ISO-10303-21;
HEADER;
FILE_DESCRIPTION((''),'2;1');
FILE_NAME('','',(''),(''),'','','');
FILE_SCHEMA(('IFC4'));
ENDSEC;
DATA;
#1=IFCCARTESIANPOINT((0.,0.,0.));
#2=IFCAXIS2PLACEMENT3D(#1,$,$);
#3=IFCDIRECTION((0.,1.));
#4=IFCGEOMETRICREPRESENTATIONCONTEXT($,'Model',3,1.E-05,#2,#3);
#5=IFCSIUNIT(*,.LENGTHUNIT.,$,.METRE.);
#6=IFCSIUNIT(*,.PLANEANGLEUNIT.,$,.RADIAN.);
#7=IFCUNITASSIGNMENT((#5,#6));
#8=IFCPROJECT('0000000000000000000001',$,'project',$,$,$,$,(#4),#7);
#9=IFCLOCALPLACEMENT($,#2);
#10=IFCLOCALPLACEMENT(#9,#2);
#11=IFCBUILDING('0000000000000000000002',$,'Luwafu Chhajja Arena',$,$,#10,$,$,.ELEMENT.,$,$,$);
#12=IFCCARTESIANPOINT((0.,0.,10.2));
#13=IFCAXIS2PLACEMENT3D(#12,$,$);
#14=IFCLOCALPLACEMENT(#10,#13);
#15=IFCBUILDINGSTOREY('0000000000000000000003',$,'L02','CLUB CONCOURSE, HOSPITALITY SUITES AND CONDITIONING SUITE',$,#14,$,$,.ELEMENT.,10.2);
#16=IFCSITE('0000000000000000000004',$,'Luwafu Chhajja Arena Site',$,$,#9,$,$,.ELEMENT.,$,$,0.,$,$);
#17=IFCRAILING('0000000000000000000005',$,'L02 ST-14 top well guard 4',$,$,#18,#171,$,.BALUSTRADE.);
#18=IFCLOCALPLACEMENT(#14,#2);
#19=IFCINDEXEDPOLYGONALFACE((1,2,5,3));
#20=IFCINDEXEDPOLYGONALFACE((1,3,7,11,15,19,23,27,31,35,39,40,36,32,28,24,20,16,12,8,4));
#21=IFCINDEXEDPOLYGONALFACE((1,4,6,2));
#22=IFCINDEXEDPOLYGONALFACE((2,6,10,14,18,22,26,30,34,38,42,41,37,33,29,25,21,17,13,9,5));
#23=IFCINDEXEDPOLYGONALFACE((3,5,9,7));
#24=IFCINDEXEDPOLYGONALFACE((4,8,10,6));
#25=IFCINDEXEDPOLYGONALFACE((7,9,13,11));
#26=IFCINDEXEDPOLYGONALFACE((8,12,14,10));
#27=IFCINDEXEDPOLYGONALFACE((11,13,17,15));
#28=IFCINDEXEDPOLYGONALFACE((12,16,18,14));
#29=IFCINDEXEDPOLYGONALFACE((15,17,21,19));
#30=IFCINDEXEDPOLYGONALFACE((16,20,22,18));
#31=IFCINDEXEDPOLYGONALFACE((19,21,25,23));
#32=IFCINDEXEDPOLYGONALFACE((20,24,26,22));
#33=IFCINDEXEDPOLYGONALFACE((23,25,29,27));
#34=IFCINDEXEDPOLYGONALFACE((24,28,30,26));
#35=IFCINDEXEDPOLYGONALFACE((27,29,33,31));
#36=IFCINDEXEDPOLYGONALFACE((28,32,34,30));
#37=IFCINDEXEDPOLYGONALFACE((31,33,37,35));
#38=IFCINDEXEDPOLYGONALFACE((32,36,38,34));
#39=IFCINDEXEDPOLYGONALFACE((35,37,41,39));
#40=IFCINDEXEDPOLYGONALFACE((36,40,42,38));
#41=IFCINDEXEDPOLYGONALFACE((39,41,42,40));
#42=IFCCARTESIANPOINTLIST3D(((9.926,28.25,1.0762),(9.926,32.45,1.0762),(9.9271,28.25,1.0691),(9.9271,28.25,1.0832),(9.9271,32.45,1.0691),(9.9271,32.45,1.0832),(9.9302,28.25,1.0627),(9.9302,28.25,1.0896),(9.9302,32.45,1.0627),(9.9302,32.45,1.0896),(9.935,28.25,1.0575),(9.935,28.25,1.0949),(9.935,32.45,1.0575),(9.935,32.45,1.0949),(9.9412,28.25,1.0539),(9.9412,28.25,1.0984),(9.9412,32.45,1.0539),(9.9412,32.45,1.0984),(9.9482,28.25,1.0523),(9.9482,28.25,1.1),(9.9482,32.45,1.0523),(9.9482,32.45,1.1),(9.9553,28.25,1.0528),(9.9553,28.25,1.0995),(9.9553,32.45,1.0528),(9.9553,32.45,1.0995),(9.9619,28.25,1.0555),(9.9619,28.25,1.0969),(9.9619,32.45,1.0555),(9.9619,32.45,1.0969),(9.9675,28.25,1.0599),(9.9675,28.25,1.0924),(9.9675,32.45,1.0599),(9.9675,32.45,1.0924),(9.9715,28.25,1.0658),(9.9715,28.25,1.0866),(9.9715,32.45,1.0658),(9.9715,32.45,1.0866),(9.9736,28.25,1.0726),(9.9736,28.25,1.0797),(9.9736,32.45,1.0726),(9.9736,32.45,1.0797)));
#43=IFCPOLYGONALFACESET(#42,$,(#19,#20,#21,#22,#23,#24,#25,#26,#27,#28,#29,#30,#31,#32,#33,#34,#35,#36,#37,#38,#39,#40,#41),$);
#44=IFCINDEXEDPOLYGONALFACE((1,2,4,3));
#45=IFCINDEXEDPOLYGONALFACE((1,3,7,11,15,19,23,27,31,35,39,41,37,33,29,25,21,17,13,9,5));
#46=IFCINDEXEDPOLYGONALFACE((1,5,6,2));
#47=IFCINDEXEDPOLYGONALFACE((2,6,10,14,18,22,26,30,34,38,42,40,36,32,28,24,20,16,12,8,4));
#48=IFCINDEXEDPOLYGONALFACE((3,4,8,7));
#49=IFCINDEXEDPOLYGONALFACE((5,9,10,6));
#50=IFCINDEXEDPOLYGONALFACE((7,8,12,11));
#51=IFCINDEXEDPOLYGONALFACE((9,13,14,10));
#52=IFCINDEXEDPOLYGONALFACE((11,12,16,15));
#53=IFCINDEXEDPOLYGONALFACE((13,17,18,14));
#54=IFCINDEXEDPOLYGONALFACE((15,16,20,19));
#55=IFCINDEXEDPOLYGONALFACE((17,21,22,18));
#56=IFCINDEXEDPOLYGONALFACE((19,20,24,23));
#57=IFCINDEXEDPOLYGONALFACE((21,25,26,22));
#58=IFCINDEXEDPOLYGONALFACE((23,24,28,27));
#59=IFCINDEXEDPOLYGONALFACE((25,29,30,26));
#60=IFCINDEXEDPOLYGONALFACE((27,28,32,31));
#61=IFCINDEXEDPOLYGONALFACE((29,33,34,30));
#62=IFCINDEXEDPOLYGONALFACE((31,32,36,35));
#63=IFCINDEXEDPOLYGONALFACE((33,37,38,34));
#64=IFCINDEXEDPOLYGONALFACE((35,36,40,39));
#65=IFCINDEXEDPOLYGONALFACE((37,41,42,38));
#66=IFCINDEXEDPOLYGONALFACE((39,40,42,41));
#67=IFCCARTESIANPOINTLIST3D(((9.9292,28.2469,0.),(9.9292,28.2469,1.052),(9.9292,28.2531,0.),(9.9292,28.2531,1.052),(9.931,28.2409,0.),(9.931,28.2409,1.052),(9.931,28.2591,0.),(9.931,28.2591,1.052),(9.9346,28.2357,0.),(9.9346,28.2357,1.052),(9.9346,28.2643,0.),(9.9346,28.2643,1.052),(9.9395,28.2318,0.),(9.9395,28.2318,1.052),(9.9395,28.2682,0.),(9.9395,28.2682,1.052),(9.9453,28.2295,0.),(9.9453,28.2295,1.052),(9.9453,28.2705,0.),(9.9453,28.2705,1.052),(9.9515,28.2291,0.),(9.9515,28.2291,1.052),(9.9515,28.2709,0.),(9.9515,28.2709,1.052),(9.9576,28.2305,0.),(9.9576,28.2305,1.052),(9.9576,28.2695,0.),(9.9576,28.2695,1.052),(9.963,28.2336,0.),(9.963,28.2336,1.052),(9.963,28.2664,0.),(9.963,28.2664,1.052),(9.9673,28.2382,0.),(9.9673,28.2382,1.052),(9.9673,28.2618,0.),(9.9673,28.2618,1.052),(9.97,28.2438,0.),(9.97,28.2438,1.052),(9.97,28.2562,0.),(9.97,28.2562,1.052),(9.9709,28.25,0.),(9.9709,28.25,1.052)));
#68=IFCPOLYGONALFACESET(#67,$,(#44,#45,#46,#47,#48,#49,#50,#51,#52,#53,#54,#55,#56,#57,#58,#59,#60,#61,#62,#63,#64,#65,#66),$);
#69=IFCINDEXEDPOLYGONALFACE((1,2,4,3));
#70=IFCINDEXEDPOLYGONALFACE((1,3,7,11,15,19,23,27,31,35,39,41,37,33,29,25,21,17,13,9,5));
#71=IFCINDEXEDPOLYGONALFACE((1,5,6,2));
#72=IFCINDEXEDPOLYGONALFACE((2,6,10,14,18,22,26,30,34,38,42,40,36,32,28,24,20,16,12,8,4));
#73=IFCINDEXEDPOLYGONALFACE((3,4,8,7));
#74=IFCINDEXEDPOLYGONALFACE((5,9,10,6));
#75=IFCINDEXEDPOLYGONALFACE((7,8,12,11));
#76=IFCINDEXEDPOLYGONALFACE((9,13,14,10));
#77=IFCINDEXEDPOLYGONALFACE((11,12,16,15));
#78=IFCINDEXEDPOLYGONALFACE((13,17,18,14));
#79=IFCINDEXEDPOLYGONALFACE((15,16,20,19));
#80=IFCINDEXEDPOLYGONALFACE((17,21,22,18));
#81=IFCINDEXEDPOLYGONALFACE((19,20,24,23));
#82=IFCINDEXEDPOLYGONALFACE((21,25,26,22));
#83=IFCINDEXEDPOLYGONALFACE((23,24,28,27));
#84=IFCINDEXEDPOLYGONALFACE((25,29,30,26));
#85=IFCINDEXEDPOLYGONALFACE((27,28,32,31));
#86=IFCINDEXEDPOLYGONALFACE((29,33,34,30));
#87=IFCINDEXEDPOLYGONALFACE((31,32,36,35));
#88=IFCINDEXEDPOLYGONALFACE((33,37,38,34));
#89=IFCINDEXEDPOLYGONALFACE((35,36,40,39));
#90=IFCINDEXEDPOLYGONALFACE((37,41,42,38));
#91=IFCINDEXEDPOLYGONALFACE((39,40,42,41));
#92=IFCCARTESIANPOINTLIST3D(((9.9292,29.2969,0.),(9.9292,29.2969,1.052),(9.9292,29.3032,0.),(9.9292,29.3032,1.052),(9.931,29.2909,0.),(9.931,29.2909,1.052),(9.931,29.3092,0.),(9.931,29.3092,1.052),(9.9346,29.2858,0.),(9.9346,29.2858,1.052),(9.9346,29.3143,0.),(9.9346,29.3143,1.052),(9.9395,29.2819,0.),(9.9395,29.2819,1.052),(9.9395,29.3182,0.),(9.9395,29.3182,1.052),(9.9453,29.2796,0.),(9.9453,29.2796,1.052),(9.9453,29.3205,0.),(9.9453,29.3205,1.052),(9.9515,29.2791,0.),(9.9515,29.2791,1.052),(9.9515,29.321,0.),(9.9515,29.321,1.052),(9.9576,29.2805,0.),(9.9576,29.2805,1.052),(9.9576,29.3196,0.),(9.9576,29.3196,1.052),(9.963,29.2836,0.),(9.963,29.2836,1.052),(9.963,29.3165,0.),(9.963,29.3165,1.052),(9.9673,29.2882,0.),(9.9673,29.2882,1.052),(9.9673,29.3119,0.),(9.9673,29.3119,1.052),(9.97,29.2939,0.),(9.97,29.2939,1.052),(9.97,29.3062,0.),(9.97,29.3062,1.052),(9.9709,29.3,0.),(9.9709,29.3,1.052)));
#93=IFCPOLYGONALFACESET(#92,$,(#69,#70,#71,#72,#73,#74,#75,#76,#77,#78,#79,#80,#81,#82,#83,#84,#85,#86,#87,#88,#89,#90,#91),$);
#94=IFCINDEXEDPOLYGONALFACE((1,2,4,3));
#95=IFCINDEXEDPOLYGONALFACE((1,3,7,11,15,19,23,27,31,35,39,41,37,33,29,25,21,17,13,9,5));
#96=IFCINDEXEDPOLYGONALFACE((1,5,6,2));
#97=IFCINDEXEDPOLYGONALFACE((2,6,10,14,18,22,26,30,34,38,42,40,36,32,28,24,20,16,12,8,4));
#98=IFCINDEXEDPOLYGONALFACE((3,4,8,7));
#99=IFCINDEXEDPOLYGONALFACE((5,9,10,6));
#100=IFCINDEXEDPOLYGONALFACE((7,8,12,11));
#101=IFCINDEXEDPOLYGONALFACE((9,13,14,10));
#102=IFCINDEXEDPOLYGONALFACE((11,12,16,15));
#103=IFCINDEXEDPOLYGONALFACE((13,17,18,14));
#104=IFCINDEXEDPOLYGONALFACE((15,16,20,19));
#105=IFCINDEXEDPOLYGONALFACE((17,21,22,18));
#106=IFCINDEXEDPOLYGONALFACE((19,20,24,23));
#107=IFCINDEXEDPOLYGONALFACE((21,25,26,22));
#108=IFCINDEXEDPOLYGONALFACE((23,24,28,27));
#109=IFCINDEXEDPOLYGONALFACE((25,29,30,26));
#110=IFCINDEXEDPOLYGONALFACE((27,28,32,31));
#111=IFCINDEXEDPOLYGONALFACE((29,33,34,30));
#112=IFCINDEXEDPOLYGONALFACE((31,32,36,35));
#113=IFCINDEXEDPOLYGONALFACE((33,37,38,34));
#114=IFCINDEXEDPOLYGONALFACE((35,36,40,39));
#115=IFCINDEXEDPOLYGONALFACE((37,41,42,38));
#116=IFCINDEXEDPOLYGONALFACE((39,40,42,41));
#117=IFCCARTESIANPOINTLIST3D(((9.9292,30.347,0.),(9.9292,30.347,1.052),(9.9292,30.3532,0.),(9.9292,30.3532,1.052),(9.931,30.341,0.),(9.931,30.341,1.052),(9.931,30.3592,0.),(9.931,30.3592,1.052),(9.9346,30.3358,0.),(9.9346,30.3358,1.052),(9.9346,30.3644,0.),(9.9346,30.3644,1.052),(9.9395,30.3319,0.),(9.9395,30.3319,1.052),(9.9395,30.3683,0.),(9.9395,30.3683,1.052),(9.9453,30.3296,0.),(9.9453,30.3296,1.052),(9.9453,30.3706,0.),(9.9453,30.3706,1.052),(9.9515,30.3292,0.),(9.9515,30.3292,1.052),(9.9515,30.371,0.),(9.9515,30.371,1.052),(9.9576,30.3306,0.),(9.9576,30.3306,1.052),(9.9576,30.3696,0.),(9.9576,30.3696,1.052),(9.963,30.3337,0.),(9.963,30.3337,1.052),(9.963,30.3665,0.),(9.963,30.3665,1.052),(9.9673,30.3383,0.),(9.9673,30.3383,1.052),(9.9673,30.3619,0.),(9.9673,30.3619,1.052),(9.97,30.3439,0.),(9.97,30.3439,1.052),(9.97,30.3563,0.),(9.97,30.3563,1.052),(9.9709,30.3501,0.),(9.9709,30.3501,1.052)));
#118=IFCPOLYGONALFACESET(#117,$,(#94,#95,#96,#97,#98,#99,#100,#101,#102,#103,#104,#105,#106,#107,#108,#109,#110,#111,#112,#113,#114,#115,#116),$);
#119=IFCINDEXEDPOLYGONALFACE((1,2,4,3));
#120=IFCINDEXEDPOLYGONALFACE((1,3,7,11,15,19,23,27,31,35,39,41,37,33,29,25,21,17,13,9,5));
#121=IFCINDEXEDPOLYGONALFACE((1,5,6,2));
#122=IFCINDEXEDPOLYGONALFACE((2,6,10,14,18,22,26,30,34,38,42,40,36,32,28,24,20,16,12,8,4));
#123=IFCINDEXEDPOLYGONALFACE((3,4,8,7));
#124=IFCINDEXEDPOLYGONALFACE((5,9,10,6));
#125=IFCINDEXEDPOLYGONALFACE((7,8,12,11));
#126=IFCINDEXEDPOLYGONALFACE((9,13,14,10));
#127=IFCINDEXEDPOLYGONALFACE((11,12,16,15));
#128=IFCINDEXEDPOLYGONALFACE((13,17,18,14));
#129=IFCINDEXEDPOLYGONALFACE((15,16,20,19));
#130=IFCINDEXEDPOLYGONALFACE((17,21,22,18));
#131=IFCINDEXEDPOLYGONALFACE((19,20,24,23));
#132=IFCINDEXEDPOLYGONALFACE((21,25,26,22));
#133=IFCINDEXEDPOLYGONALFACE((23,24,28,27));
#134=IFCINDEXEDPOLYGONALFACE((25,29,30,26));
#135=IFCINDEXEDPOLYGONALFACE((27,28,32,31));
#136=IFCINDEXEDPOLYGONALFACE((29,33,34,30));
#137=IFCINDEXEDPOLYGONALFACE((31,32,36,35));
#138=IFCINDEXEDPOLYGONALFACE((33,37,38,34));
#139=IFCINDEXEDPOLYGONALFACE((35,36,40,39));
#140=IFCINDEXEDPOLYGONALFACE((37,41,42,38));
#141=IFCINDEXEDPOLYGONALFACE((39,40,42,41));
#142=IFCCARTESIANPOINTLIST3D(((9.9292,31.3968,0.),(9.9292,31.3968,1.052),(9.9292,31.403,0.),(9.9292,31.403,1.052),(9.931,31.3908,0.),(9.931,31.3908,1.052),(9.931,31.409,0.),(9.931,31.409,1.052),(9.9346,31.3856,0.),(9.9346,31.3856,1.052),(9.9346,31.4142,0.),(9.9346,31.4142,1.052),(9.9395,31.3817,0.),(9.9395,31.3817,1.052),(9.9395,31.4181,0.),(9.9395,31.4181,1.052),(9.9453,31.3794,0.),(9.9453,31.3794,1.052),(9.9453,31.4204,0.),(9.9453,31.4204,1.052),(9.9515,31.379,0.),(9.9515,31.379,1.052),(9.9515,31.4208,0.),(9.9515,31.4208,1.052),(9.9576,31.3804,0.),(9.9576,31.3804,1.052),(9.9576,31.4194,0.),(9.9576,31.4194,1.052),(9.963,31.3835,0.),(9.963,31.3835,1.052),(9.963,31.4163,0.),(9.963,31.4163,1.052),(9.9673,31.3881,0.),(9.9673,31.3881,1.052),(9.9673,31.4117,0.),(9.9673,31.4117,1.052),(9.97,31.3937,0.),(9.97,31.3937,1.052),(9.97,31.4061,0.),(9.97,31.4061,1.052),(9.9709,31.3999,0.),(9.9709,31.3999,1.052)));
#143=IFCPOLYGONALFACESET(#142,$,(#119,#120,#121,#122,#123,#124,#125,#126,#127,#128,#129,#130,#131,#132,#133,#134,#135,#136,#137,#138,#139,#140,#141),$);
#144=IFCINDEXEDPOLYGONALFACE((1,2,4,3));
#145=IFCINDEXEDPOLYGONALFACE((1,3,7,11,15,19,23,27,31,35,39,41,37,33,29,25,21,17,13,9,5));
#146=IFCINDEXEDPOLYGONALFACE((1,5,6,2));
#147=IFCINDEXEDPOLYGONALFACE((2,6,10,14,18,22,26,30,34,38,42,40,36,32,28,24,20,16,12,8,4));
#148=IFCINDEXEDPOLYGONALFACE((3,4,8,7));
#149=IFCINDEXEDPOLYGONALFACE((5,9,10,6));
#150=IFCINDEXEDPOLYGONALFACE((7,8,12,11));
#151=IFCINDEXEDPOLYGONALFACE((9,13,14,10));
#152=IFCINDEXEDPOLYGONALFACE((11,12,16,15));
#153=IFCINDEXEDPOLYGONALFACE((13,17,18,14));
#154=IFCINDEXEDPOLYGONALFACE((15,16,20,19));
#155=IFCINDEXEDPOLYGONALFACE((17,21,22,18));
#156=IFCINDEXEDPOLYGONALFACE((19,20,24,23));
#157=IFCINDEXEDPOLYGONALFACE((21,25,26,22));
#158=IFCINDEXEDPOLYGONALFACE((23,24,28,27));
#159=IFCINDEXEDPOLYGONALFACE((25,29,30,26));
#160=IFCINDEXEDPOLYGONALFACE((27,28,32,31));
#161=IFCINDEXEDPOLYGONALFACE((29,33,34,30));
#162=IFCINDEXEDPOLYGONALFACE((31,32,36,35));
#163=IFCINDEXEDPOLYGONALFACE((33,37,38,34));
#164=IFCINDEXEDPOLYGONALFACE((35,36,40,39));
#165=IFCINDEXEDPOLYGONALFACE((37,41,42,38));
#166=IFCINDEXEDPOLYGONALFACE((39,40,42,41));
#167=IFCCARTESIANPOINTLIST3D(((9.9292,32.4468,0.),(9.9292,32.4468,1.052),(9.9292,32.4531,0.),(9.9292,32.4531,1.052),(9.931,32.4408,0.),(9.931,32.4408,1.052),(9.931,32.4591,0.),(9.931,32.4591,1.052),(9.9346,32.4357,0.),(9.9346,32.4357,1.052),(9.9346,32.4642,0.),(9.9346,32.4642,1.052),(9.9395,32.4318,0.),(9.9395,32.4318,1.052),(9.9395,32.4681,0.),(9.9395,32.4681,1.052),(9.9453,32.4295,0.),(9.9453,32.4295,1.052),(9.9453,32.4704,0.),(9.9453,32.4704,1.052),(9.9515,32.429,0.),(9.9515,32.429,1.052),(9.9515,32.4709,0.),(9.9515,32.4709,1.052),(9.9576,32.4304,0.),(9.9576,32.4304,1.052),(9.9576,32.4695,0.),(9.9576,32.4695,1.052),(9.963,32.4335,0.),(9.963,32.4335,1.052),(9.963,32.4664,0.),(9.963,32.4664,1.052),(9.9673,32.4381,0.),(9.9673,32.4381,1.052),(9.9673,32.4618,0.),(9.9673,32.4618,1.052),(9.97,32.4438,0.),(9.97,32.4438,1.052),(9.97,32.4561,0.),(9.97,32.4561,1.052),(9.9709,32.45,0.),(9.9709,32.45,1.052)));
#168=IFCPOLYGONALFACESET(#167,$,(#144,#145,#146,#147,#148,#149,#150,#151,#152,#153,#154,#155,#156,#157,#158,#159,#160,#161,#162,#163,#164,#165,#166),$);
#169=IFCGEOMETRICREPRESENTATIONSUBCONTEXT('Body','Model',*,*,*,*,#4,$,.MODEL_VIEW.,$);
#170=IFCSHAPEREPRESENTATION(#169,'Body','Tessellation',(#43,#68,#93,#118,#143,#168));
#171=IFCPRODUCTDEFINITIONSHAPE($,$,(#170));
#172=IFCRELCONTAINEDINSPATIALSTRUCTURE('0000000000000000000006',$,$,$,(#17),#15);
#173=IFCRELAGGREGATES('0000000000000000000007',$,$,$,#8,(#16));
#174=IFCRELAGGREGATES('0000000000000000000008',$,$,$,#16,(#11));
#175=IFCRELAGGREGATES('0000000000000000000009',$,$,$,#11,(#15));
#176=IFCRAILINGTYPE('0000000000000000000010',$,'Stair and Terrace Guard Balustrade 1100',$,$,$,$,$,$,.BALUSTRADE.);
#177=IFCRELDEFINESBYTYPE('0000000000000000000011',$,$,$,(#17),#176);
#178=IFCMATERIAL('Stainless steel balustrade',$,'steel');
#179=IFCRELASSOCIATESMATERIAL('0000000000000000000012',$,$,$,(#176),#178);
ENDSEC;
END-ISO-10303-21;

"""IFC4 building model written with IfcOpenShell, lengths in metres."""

from ifc_helpers import new_model, si_unit, direction, frame, origin, origin_2d, place, context, subcontext, project, spatial, circle, extrude, material, type_object, element, save


model = new_model("IFC4")

# Units and contexts
model_context = context("Model", 3, precision=1e-05, world=origin(), true_north=direction((0.0, 1.0)))
body_context = subcontext(model_context, "Body", "Model", "MODEL_VIEW")
ifc_project = project(units=[si_unit("LENGTHUNIT", "METRE"), si_unit("PLANEANGLEUNIT", "RADIAN")], contexts=[model_context])

# Site, building, storey
site_placement = place(None, origin())
site = spatial("IfcSite", under=ifc_project, at=site_placement, Name="Luwafu Chhajja Arena Site", CompositionType="ELEMENT", RefElevation=0.0)
building_placement = place(site_placement, origin())
building = spatial("IfcBuilding", under=site, at=building_placement, Name="Luwafu Chhajja Arena", CompositionType="ELEMENT")
storey_placement = place(building_placement, frame((0.0, 0.0, 10.2)))
storey = spatial("IfcBuildingStorey", under=building, at=storey_placement, Name="L02", Description="CLUB CONCOURSE, HOSPITALITY SUITES AND CONDITIONING SUITE", CompositionType="ELEMENT", Elevation=10.2)

# Railing
ifc_material_1 = material(Name="Stainless steel balustrade", Category="steel")
railing_type = type_object("IfcRailingType", Name="Stair and Terrace Guard Balustrade 1100", PredefinedType="BALUSTRADE", material=ifc_material_1)
railing_1_placement = place(storey_placement, frame((9.95, 28.25, 0.0)))
element("IfcRailing", 1, at=railing_1_placement, inside=storey, type_object=railing_type, Name="L02 ST-14 top well guard 4", PredefinedType="BALUSTRADE", context=body_context, shape_type="SweptSolid", body=[
    extrude(circle(Radius=0.0239, at=origin_2d()), frame((0.0, 0.0, 1.0762), z_axis=(0.0, 1.0, 0.0), x_axis=(-1.0, 0.0, 0.0)), (0.0, 0.0, 1.0), 4.2),
    extrude(circle(Radius=0.021, at=origin_2d()), origin(), (0.0, 0.0, 1.0), 1.052),
    extrude(circle(Radius=0.021, at=origin_2d()), frame((0.0, 1.05, 0.0)), (0.0, 0.0, 1.0), 1.052),
    extrude(circle(Radius=0.021, at=origin_2d()), frame((0.0, 2.1001, 0.0)), (0.0, 0.0, 1.0), 1.052),
    extrude(circle(Radius=0.021, at=origin_2d()), frame((0.0, 3.1499, 0.0)), (0.0, 0.0, 1.0), 1.052),
    extrude(circle(Radius=0.021, at=origin_2d()), frame((0.0, 4.2, 0.0)), (0.0, 0.0, 1.0), 1.052),
])

save(model, "model.ifc")
